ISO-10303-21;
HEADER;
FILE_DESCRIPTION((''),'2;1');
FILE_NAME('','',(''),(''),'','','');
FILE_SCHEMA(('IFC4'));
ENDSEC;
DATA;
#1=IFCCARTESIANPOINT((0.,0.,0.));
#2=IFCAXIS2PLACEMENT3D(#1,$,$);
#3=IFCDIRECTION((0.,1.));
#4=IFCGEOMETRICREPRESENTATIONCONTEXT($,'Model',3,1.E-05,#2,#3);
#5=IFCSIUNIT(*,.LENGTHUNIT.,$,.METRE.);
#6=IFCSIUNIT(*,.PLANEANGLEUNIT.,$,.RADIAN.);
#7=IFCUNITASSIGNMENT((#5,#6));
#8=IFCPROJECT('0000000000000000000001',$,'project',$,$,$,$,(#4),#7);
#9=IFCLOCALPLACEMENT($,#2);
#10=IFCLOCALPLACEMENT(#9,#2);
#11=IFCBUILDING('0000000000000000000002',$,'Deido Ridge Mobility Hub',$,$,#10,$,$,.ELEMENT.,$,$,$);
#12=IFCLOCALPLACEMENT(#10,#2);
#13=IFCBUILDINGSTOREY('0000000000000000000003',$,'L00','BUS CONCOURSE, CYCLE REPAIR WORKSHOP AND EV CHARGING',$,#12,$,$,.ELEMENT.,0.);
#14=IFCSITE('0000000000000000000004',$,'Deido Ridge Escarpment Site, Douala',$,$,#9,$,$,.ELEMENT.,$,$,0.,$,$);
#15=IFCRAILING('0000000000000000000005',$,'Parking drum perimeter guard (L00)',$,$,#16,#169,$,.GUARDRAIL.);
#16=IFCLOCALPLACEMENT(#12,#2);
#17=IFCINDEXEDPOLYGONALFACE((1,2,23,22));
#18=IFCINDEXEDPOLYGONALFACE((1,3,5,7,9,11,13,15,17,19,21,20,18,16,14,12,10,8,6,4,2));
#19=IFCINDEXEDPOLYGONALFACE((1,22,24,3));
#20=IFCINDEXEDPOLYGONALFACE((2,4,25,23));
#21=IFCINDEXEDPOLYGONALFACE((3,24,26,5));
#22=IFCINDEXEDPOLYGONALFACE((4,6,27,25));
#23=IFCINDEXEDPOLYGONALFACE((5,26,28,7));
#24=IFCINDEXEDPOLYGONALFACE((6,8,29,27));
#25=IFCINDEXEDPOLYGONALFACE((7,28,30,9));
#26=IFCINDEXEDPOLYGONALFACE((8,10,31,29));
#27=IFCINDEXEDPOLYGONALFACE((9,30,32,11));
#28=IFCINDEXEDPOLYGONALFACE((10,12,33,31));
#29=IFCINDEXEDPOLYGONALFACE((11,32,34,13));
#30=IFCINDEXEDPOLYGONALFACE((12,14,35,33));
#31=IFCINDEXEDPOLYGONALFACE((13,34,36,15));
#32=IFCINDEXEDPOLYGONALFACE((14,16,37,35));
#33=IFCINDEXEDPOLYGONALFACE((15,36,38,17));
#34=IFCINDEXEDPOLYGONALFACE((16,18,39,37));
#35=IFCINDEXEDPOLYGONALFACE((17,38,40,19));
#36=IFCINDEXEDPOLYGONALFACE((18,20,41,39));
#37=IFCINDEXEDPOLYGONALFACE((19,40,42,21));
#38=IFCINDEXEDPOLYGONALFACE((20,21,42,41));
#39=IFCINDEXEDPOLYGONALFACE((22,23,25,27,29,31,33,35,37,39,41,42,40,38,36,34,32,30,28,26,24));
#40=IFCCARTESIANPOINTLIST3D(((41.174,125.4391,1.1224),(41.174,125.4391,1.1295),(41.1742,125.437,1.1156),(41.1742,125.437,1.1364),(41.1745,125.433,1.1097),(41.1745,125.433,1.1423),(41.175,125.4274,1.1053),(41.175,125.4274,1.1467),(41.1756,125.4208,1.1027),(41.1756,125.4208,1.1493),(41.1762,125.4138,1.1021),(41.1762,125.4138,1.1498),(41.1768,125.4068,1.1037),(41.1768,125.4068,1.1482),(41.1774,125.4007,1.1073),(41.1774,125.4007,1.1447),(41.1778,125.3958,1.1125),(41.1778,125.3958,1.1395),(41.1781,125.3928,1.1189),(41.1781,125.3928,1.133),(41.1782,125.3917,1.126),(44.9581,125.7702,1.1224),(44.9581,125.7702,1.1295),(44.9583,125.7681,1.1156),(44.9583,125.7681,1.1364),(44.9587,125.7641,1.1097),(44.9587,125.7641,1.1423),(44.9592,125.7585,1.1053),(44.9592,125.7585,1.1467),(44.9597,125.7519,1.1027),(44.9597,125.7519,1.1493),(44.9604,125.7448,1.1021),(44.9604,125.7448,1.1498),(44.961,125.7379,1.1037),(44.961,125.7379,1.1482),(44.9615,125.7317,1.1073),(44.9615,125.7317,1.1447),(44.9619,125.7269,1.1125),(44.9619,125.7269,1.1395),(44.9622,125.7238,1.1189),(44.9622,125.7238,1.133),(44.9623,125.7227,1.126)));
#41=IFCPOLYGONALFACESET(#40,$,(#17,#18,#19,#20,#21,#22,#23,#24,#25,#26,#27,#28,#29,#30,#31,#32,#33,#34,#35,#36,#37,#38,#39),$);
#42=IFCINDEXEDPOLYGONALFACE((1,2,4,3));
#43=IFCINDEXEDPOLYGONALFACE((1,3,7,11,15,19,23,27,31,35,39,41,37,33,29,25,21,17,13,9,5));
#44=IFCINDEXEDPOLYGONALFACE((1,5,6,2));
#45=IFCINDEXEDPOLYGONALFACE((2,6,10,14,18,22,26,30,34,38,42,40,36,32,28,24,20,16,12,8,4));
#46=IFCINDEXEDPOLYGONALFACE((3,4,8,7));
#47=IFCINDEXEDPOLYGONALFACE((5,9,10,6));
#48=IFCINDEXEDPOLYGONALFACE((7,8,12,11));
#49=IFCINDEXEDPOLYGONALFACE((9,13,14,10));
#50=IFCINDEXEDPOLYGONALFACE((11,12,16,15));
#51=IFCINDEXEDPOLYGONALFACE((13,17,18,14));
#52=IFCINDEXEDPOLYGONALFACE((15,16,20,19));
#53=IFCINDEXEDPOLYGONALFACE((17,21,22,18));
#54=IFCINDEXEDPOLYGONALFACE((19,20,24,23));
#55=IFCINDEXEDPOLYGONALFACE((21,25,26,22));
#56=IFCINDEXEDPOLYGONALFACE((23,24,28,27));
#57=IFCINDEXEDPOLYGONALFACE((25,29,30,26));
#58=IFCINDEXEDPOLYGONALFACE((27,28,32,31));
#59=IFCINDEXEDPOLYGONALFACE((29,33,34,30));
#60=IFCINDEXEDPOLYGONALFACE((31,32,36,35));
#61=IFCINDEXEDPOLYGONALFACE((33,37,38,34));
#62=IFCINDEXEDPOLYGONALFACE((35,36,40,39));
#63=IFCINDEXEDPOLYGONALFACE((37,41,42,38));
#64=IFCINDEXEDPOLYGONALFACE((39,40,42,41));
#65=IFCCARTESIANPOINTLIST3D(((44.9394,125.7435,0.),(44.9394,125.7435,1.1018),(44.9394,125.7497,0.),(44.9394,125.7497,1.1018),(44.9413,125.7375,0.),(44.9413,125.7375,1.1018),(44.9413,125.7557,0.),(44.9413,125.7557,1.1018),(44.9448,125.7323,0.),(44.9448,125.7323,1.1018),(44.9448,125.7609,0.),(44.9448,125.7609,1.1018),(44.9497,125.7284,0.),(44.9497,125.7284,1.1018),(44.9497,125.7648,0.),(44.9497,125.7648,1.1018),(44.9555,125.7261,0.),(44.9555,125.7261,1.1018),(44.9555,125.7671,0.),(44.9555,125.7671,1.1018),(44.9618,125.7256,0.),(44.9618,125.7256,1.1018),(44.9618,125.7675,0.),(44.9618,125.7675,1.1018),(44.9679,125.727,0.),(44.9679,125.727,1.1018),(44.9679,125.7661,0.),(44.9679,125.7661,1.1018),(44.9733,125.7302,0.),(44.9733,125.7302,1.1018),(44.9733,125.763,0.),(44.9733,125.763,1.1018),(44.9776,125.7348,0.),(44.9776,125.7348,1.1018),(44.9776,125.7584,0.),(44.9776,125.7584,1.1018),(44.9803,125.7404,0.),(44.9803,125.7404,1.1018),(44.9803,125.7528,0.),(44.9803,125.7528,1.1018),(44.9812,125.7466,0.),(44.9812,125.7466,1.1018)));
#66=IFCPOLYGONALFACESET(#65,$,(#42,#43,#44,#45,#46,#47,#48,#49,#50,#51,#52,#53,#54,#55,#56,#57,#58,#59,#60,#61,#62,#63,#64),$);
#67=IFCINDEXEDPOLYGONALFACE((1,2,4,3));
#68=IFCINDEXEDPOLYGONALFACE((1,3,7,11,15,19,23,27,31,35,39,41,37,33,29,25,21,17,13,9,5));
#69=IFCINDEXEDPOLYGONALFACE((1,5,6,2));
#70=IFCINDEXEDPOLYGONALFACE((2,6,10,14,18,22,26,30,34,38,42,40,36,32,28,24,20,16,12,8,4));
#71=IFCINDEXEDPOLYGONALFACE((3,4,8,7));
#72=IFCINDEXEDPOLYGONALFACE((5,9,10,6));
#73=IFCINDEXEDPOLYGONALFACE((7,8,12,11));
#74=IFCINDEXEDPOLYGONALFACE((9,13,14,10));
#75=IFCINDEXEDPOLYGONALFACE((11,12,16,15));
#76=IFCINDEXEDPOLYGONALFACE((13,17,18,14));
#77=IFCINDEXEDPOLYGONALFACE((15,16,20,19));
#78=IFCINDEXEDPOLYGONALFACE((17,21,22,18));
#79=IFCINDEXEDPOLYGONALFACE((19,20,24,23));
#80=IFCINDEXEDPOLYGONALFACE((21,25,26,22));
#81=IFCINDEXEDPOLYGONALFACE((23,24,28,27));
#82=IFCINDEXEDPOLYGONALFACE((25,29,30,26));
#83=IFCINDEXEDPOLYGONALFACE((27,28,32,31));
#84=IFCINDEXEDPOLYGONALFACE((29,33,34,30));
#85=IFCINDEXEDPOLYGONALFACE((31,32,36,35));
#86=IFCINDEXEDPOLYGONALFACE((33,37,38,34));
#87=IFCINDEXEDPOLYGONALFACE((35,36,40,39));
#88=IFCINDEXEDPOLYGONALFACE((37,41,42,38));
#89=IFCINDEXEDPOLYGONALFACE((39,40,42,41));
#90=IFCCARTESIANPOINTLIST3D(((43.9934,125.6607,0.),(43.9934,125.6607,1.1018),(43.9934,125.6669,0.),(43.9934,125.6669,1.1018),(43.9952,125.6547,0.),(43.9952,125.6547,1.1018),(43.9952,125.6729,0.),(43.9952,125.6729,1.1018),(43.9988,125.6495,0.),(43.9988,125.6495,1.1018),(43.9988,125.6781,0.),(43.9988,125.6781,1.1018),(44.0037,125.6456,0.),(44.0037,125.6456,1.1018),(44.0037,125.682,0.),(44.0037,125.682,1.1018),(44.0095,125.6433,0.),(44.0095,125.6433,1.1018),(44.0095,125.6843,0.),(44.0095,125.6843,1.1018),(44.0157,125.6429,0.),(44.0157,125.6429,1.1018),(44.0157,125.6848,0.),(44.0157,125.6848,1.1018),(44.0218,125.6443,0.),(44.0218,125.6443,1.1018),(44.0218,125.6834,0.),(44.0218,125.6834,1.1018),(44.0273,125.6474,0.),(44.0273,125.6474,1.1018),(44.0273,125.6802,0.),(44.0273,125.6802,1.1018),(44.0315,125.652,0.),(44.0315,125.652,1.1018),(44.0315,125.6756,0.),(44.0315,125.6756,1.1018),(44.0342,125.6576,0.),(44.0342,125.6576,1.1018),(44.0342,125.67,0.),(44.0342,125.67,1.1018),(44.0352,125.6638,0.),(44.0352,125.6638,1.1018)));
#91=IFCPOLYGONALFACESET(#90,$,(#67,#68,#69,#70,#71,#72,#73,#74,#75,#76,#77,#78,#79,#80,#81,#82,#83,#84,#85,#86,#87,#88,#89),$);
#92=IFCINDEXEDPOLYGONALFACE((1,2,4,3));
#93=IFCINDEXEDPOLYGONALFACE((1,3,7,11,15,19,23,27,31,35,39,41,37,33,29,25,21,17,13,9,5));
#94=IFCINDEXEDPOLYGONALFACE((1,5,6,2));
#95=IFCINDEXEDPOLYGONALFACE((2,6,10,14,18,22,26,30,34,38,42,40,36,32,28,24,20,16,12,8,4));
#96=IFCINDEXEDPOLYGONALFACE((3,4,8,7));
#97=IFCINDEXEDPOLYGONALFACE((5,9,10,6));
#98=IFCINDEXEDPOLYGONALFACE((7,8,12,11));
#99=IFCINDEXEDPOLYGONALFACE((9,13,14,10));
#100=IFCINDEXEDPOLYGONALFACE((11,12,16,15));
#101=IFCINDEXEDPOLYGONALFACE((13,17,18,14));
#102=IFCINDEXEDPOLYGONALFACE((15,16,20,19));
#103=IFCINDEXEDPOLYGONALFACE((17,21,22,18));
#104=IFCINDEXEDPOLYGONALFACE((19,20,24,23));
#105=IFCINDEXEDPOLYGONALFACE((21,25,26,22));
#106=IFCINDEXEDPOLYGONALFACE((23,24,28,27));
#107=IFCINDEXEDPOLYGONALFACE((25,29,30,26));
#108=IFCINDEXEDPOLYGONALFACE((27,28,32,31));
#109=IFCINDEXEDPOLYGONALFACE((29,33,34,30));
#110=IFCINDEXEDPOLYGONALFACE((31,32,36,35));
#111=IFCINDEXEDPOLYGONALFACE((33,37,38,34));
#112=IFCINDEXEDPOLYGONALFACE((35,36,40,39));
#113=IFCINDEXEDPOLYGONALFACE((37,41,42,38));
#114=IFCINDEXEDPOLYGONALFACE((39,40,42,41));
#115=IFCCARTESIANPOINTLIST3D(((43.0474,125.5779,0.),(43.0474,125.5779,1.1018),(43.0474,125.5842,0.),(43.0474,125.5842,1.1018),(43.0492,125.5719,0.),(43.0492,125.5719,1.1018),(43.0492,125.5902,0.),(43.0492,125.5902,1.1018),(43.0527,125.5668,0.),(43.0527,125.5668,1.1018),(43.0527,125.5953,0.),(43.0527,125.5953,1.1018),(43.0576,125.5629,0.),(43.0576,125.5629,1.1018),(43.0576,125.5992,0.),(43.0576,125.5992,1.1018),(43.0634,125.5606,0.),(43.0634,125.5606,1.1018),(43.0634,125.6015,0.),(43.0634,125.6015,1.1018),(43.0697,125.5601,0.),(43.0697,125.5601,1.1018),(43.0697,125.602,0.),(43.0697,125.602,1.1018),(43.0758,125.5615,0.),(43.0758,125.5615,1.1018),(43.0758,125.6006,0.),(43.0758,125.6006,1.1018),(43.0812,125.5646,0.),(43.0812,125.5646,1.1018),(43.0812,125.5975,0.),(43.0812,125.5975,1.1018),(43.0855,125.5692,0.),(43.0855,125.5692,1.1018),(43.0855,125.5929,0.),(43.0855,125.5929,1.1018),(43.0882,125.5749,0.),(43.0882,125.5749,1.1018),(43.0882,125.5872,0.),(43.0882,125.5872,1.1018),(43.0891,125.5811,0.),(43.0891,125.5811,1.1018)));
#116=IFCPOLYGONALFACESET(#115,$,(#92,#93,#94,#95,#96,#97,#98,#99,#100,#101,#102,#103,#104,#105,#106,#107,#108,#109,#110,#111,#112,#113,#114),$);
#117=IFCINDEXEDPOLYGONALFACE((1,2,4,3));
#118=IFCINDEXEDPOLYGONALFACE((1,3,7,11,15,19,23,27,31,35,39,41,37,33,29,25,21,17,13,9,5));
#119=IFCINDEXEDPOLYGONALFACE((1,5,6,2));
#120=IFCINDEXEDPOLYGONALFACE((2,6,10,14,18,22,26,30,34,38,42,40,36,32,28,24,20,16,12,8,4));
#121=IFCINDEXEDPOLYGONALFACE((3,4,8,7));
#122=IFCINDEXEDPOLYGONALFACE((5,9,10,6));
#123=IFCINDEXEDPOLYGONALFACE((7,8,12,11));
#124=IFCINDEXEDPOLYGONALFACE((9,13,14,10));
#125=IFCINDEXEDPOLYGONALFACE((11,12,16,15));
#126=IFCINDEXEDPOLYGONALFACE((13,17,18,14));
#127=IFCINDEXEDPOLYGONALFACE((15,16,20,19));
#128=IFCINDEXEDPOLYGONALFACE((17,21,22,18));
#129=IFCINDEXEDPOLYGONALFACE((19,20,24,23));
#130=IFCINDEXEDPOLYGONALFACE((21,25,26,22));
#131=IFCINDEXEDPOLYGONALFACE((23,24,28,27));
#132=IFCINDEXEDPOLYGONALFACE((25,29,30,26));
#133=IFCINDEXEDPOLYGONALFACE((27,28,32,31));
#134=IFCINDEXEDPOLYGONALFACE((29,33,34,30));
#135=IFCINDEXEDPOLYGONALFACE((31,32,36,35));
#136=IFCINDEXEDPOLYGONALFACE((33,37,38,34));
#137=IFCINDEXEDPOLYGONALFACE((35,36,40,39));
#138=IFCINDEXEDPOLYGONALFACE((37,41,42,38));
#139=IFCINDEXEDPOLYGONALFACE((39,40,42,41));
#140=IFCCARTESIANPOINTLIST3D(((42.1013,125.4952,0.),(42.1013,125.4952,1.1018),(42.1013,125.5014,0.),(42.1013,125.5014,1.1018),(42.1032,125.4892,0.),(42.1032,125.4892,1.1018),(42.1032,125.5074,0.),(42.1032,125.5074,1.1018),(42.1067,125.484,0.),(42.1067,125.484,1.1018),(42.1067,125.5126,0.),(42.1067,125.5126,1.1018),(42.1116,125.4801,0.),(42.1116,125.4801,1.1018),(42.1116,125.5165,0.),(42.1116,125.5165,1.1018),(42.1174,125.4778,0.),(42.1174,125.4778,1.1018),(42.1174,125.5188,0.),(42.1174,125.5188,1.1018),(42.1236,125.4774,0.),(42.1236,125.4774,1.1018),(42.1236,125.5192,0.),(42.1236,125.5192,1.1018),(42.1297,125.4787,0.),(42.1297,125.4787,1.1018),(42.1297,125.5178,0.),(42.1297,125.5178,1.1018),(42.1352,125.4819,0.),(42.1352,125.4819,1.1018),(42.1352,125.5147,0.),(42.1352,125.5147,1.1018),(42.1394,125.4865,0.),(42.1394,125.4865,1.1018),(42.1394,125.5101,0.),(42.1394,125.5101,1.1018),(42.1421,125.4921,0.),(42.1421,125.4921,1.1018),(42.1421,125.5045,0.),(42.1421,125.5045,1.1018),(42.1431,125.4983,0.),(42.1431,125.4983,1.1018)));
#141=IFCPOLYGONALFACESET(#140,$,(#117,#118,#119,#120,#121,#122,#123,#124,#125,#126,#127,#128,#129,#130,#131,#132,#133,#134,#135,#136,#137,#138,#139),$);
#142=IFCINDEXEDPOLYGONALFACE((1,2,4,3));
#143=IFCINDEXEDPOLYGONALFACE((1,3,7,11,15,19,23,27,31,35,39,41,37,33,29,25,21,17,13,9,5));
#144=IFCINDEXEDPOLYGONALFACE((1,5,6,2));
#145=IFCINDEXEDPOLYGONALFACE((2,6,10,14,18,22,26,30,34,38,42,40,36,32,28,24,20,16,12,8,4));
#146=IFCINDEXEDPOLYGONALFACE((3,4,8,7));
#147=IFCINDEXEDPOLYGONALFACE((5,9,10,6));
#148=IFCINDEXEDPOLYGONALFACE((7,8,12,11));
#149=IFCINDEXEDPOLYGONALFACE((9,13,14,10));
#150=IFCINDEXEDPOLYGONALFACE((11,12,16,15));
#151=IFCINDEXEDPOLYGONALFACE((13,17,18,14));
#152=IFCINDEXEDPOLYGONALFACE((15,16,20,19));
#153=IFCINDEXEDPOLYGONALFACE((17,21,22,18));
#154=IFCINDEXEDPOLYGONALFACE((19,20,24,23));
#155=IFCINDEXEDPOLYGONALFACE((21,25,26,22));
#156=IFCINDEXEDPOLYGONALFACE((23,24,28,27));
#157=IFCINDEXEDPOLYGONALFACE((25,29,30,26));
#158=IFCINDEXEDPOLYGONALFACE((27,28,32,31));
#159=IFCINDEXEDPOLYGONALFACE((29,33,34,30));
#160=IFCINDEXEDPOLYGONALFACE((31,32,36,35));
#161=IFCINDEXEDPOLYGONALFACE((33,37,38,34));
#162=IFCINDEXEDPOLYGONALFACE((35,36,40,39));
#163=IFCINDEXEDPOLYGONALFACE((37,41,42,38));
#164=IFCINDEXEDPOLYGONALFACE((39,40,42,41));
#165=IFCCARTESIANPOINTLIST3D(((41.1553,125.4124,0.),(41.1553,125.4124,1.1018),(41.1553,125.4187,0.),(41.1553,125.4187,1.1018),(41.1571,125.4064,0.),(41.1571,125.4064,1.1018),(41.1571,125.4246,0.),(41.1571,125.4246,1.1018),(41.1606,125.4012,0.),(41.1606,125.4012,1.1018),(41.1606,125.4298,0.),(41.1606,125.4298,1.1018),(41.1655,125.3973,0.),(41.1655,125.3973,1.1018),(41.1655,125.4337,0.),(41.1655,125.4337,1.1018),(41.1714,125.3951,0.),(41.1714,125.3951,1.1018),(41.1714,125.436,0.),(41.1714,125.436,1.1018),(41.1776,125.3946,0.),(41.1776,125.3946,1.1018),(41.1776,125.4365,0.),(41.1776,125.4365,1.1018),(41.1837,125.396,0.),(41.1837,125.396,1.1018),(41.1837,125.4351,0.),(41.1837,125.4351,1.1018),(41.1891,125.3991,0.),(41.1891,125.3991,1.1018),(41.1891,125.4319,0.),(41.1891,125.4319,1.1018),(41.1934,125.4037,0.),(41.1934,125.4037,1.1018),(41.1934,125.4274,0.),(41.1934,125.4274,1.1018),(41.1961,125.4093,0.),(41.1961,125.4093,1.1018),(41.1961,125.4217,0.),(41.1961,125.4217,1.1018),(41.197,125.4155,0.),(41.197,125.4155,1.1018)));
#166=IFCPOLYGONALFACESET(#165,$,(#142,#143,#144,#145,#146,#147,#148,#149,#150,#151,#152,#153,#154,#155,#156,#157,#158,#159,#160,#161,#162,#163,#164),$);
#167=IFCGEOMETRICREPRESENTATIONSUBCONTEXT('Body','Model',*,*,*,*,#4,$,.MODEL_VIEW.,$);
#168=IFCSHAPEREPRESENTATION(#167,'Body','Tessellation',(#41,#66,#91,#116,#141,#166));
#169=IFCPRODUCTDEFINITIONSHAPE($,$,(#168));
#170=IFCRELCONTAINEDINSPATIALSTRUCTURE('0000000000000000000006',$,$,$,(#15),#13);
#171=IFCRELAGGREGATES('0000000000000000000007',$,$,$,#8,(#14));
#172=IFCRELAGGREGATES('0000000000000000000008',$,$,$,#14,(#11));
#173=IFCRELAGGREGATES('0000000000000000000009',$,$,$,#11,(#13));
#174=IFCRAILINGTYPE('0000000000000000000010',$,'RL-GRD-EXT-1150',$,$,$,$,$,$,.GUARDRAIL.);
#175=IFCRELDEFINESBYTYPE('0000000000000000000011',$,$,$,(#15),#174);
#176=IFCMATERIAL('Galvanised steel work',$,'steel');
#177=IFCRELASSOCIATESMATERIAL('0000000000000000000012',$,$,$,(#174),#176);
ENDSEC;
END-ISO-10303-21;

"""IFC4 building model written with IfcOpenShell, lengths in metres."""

from ifc_helpers import new_model, si_unit, direction, frame, origin, origin_2d, place, context, subcontext, project, spatial, circle, extrude, material, type_object, element, save


model = new_model("IFC4")

# Units and contexts
model_context = context("Model", 3, precision=1e-05, world=origin(), true_north=direction((0.0, 1.0)))
body_context = subcontext(model_context, "Body", "Model", "MODEL_VIEW")
ifc_project = project(units=[si_unit("LENGTHUNIT", "METRE"), si_unit("PLANEANGLEUNIT", "RADIAN")], contexts=[model_context])

# Site, building, storey
site_placement = place(None, origin())
site = spatial("IfcSite", under=ifc_project, at=site_placement, Name="Deido Ridge Escarpment Site, Douala", CompositionType="ELEMENT", RefElevation=0.0)
building_placement = place(site_placement, origin())
building = spatial("IfcBuilding", under=site, at=building_placement, Name="Deido Ridge Mobility Hub", CompositionType="ELEMENT")
storey_placement = place(building_placement, origin())
storey = spatial("IfcBuildingStorey", under=building, at=storey_placement, Name="L00", Description="BUS CONCOURSE, CYCLE REPAIR WORKSHOP AND EV CHARGING", CompositionType="ELEMENT", Elevation=0.0)

# Railing
ifc_material_1 = material(Name="Galvanised steel work", Category="steel")
railing_type = type_object("IfcRailingType", Name="RL-GRD-EXT-1150", PredefinedType="GUARDRAIL", material=ifc_material_1)
railing_1_placement = place(storey_placement, frame((44.9602, 125.7466, 0.0)))
element("IfcRailing", 1, at=railing_1_placement, inside=storey, type_object=railing_type, Name="Parking drum perimeter guard (L00)", PredefinedType="GUARDRAIL", context=body_context, shape_type="SweptSolid", body=[
    extrude(circle(Radius=0.0239, at=origin_2d()), frame((0.0, 0.0, 1.126), z_axis=(-0.996195, -0.087151, 0.0), x_axis=(0.087151, -0.996195, 0.0)), (0.0, 0.0, 1.0), 3.7986),
    extrude(circle(Radius=0.021, at=origin_2d()), origin(), (0.0, 0.0, 1.0), 1.1018),
    extrude(circle(Radius=0.021, at=origin_2d()), frame((-0.946, -0.0828, 0.0)), (0.0, 0.0, 1.0), 1.1018),
    extrude(circle(Radius=0.021, at=origin_2d()), frame((-1.8921, -0.1655, 0.0)), (0.0, 0.0, 1.0), 1.1018),
    extrude(circle(Radius=0.021, at=origin_2d()), frame((-2.8381, -0.2483, 0.0)), (0.0, 0.0, 1.0), 1.1018),
    extrude(circle(Radius=0.021, at=origin_2d()), frame((-3.7842, -0.3311, 0.0)), (0.0, 0.0, 1.0), 1.1018),
])

save(model, "model.ifc")
